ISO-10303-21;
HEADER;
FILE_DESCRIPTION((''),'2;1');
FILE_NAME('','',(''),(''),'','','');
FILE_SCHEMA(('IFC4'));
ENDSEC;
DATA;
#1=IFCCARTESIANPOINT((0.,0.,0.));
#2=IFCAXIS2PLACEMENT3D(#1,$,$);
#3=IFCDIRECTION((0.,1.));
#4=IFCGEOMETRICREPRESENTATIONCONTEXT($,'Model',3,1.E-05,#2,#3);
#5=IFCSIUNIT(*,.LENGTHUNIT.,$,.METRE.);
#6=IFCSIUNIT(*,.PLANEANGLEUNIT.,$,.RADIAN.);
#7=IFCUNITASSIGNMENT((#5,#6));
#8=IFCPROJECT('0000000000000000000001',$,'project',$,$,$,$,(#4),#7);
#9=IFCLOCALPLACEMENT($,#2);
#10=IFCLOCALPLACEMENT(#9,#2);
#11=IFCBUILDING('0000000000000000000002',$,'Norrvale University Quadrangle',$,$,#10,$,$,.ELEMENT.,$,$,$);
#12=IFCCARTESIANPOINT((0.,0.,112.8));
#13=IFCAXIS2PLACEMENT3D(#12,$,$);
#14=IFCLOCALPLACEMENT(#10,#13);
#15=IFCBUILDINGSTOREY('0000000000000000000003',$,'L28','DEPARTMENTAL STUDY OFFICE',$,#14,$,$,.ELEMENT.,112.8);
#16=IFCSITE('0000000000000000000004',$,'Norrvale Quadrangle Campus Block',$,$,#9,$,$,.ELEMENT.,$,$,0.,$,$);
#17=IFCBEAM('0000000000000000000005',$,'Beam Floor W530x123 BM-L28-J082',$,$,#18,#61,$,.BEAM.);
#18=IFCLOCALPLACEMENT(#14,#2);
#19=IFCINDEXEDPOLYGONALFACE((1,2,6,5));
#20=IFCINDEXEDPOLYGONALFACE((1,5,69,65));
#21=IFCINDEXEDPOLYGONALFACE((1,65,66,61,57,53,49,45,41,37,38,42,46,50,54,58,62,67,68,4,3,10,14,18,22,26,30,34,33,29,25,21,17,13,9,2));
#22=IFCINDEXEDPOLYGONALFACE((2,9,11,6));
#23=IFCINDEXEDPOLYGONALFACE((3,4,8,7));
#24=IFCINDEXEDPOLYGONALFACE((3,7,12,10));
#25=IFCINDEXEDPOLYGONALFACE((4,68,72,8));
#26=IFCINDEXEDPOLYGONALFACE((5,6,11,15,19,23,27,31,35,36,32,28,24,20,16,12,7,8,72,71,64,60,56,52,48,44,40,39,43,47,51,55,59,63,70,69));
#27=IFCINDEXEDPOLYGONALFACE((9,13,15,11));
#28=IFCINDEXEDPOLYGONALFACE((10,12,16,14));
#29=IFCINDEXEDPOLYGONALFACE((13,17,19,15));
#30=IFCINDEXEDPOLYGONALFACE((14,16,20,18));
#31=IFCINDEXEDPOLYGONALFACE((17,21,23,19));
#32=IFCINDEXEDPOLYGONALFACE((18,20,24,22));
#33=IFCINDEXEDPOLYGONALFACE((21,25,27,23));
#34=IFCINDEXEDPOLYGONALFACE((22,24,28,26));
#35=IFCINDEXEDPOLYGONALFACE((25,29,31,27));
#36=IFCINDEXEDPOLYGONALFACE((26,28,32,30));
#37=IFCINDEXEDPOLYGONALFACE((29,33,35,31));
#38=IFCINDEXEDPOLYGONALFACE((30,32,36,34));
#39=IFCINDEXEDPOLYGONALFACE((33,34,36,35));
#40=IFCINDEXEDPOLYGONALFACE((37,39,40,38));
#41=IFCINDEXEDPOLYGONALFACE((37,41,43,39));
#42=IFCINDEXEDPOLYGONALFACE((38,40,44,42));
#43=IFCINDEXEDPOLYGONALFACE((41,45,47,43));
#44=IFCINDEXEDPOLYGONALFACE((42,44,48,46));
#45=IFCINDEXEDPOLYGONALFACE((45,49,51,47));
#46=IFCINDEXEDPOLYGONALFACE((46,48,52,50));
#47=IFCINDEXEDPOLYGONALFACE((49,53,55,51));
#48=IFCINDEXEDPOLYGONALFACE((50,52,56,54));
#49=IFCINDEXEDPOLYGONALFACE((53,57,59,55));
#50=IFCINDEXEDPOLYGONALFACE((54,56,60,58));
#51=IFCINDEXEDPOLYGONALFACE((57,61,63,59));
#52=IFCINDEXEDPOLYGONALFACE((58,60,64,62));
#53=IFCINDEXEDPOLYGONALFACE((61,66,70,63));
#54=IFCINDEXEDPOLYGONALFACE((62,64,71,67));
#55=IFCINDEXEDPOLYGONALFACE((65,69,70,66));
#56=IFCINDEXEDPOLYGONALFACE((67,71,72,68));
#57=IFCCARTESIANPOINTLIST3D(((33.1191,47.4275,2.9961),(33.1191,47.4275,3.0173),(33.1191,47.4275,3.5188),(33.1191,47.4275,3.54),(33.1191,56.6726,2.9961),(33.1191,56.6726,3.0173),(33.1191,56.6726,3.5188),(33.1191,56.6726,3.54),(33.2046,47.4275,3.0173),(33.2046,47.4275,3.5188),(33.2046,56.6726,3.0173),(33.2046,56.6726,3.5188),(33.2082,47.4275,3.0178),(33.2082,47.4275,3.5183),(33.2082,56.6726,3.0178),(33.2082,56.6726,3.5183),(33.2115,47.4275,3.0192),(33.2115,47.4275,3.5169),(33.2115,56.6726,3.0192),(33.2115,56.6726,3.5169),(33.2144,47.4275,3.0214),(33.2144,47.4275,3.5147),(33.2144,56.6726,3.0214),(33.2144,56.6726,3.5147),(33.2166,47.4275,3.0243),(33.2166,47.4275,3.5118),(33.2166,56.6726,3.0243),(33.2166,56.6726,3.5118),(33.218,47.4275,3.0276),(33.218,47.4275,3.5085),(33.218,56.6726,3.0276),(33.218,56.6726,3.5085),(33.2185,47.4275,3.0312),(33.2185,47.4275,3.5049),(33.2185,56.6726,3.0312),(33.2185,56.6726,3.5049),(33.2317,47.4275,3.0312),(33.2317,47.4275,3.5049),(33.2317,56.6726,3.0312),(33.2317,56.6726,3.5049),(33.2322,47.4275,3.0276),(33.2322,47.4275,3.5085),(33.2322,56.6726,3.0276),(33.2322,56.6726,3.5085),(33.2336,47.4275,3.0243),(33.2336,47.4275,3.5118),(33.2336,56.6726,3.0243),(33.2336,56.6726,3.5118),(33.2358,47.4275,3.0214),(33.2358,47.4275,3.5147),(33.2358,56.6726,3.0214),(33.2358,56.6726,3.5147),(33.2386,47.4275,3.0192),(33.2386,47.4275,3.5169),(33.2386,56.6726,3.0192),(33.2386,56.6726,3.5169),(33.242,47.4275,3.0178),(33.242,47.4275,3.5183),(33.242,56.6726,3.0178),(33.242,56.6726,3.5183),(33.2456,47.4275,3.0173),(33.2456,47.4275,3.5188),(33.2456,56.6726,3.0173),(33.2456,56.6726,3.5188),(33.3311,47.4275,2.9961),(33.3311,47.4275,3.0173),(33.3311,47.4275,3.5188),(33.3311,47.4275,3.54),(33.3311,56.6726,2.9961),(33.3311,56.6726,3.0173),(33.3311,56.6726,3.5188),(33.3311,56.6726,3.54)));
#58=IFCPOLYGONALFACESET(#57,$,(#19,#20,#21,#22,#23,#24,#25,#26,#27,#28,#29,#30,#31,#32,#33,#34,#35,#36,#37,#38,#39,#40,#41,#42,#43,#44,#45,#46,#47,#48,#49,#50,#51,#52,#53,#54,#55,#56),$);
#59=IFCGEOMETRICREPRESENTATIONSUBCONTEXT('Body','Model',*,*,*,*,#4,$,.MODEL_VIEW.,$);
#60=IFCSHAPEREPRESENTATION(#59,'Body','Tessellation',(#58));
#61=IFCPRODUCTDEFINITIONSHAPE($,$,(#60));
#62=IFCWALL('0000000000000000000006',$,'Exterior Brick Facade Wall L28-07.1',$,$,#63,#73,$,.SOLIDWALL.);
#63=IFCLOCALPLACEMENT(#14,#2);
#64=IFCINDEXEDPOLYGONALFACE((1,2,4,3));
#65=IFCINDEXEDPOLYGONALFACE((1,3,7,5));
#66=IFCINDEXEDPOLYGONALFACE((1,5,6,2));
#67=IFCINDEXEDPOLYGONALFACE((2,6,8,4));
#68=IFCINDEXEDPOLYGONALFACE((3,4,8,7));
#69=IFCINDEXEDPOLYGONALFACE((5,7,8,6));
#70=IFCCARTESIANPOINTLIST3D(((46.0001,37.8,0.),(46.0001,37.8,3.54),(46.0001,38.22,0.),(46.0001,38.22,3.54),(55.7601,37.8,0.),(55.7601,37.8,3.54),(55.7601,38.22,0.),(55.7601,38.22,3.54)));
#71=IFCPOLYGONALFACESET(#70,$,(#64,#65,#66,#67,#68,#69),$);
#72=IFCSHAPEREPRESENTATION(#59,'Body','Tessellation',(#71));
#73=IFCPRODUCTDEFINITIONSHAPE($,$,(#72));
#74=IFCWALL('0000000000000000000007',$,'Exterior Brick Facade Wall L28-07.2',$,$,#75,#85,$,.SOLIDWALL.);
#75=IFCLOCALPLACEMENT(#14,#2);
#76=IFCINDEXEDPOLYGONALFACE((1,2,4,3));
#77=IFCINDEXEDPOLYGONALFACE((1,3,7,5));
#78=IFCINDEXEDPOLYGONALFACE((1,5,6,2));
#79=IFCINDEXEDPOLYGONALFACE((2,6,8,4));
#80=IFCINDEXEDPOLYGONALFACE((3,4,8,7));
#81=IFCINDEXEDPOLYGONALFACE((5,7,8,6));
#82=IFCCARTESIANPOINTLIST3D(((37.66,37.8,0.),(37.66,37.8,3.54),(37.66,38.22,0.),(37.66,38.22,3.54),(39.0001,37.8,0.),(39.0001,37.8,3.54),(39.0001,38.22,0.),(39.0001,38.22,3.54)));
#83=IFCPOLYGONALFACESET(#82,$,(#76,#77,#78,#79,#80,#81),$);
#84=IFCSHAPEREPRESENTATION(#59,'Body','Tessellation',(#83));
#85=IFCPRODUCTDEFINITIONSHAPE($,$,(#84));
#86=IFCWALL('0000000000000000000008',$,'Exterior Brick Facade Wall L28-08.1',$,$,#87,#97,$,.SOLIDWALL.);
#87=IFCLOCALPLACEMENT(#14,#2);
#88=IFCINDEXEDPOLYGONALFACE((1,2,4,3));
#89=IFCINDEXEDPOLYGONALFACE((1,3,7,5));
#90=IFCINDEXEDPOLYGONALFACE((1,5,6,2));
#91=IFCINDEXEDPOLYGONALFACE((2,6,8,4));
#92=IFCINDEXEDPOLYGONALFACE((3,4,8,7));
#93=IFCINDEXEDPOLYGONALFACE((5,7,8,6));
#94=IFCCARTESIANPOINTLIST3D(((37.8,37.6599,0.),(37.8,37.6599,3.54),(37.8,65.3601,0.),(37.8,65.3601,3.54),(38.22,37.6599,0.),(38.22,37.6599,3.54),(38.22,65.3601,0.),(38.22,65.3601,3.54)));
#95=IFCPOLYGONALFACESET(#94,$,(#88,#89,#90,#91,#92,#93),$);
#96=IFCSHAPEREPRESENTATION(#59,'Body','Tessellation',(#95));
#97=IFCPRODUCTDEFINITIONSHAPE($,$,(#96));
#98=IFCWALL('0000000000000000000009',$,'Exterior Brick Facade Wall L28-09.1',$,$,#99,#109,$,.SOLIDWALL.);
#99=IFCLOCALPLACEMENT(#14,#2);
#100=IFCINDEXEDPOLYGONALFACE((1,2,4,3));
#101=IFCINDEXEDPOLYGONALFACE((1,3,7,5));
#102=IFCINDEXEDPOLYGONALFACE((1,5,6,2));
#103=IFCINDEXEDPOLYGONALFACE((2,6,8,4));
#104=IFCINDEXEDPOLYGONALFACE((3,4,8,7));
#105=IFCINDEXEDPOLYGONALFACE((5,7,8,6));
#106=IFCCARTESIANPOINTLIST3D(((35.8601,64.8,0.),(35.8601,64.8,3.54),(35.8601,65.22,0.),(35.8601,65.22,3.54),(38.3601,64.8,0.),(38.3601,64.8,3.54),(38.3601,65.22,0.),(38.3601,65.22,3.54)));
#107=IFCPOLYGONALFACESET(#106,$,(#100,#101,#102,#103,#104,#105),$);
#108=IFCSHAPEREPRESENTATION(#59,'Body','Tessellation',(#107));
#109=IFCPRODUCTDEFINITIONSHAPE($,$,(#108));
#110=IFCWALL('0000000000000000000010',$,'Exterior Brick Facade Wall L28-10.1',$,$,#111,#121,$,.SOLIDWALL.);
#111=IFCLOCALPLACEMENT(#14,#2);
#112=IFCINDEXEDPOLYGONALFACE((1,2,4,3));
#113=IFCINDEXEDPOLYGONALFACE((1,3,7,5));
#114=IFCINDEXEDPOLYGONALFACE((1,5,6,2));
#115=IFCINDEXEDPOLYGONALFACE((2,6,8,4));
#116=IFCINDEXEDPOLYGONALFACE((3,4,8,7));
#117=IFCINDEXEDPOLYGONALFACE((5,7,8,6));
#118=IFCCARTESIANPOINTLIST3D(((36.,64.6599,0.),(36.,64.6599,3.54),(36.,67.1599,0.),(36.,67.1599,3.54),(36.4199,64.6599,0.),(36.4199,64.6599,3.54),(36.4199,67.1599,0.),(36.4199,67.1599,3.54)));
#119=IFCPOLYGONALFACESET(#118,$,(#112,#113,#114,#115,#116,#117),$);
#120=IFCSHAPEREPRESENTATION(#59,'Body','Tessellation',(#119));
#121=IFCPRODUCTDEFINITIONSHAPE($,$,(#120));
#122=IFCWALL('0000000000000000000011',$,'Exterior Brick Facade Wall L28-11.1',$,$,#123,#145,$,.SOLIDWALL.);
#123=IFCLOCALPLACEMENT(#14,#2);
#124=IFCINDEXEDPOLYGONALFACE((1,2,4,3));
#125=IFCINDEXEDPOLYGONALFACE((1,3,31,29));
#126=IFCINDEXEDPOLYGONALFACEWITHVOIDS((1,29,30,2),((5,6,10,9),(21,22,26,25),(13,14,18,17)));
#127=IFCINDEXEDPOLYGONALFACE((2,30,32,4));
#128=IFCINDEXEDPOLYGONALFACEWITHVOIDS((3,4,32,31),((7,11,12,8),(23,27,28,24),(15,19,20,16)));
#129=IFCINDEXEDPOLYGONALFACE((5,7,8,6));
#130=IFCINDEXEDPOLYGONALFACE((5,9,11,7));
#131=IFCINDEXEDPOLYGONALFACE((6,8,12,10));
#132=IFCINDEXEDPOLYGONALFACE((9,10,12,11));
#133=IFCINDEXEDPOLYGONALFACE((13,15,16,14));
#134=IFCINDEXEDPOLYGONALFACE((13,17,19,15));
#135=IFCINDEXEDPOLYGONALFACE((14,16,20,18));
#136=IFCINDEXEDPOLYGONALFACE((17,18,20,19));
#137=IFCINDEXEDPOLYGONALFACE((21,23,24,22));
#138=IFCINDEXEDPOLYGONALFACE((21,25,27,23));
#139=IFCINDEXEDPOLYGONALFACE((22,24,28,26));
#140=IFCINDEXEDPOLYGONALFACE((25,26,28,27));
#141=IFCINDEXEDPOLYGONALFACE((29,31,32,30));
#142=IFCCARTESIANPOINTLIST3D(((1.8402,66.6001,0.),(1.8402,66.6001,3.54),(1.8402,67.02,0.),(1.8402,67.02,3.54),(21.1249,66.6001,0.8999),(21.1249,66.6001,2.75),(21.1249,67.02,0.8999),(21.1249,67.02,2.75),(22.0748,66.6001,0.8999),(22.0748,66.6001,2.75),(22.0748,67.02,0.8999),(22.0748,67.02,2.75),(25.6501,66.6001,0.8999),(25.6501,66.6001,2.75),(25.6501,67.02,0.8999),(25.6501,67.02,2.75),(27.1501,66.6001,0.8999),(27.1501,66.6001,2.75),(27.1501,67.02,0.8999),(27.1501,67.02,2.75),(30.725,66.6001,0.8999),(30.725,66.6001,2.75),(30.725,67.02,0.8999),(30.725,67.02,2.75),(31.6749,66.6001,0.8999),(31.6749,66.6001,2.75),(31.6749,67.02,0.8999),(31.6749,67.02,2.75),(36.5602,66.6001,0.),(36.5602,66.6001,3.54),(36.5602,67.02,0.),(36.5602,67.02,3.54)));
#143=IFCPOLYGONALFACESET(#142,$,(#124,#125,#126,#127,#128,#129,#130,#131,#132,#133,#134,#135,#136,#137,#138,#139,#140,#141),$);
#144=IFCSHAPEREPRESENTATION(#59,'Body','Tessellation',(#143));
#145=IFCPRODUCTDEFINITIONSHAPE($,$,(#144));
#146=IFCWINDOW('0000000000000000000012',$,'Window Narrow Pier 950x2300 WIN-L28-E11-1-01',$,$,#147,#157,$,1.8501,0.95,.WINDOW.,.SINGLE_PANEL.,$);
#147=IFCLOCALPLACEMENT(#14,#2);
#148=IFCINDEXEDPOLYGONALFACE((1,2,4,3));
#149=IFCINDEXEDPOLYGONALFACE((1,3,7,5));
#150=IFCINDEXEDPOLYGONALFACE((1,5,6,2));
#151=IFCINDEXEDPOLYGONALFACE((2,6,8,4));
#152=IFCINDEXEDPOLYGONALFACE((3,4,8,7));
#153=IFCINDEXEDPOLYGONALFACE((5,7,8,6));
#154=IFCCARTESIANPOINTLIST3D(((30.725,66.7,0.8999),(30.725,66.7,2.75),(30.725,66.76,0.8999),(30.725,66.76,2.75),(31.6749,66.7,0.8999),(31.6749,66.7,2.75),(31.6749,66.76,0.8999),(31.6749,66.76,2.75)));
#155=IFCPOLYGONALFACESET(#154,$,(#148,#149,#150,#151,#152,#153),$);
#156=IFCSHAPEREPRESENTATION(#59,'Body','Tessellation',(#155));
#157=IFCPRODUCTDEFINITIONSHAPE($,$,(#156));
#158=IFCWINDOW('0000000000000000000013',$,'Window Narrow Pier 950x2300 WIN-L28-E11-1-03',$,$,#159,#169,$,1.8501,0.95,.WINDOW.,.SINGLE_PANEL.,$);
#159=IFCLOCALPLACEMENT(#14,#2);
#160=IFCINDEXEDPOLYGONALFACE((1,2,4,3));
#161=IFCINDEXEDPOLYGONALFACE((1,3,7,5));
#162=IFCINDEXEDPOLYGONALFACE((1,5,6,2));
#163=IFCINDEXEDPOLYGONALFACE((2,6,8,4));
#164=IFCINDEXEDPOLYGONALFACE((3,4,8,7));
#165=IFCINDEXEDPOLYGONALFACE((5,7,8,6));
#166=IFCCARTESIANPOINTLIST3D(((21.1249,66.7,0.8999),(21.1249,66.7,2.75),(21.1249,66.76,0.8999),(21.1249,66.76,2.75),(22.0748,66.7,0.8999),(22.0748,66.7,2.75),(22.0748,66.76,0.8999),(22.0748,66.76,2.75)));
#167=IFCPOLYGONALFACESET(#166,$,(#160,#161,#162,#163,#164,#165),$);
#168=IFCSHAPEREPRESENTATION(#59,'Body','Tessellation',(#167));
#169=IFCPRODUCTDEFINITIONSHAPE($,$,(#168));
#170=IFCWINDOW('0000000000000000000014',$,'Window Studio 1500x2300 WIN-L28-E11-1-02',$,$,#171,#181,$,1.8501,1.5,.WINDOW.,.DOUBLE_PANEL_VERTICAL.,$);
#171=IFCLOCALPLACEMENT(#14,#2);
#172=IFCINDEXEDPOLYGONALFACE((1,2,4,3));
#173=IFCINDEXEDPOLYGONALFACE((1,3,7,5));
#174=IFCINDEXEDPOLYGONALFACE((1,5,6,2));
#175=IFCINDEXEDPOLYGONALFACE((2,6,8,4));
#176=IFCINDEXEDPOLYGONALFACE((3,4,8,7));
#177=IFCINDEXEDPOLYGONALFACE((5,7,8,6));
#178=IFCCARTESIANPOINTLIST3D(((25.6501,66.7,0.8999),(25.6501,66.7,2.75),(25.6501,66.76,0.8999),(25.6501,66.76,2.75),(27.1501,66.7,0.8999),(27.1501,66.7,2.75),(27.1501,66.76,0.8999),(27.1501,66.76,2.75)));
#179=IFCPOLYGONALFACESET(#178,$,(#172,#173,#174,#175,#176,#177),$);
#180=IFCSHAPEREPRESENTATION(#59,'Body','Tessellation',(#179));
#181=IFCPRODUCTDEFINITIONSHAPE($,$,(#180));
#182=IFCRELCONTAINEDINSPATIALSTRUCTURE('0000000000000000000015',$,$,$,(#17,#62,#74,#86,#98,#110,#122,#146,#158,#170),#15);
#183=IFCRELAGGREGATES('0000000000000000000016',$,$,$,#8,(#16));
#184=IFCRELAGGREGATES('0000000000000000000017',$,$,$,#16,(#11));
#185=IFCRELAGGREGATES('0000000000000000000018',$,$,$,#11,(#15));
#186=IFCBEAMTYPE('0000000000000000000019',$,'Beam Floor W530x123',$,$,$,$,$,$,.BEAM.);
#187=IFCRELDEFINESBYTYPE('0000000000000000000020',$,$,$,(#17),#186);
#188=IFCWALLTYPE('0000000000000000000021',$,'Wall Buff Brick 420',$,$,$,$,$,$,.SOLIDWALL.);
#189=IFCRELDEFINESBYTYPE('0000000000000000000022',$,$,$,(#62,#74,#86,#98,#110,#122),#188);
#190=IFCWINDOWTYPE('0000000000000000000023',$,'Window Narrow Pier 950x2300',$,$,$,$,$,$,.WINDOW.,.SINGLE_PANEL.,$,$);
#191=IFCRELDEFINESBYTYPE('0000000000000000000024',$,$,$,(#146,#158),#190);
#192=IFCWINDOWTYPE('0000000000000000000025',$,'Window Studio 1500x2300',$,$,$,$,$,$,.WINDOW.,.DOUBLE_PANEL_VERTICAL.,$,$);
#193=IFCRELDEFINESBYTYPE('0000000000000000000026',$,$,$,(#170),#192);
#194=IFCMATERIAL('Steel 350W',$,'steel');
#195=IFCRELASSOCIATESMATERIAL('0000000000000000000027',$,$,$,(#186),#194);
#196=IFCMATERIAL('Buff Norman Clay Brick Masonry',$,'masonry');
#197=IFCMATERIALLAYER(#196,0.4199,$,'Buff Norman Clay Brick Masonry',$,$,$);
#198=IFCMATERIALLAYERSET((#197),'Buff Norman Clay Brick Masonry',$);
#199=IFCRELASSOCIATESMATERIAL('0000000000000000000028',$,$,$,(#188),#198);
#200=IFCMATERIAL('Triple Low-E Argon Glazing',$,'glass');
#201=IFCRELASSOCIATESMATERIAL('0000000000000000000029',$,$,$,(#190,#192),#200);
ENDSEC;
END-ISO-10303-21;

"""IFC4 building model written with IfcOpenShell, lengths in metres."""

from ifc_helpers import new_model, si_unit, direction, frame, frame_2d, origin, origin_2d, place, context, subcontext, project, spatial, rectangle, i_section, extrude, material, layer, layer_set, material_profile, profile_set, type_object, element, fill, save


model = new_model("IFC4")

# Units and contexts
model_context = context("Model", 3, precision=1e-05, world=origin(), true_north=direction((0.0, 1.0)))
body_context = subcontext(model_context, "Body", "Model", "MODEL_VIEW")
ifc_project = project(units=[si_unit("LENGTHUNIT", "METRE"), si_unit("PLANEANGLEUNIT", "RADIAN")], contexts=[model_context])

# Site, building, storey
site_placement = place(None, origin())
site = spatial("IfcSite", under=ifc_project, at=site_placement, Name="Norrvale Quadrangle Campus Block", CompositionType="ELEMENT", RefElevation=0.0)
building_placement = place(site_placement, origin())
building = spatial("IfcBuilding", under=site, at=building_placement, Name="Norrvale University Quadrangle", CompositionType="ELEMENT")
storey_placement = place(building_placement, frame((0.0, 0.0, 112.8)))
storey = spatial("IfcBuildingStorey", under=building, at=storey_placement, Name="L28", Description="DEPARTMENTAL STUDY OFFICE", CompositionType="ELEMENT", Elevation=112.8)

# Beam
ifc_material_1 = material(Name="Steel 350W", Category="steel")
ifc_material_profile_1 = material_profile(ifc_material_1, i_section(OverallWidth=0.2119, OverallDepth=0.5439, WebThickness=0.0132, FlangeThickness=0.0212, FilletRadius=0.0139, at=origin_2d()), Name="Steel 350W")
ifc_profile_set_1 = profile_set([ifc_material_profile_1], Name="Steel 350W")
beam_type_1 = type_object("IfcBeamType", Name="Beam Floor W530x123", PredefinedType="BEAM", material=ifc_profile_set_1)
for number, where, z_axis, x_axis, name in (
    (1, (33.2251, 47.4275, 3.2681), (0.0, 1.0, 0.0), (-1.0, 0.0, 0.0), "Beam Floor W530x123 BM-L28-J082"),
):
    element("IfcBeam", number, at=place(storey_placement, frame(where, z_axis=z_axis, x_axis=x_axis)), inside=storey, type_object=beam_type_1, Name=name, PredefinedType="BEAM", context=body_context, shape_type="SweptSolid", body=[
        extrude(i_section(OverallWidth=0.2119, OverallDepth=0.5439, WebThickness=0.0132, FlangeThickness=0.0212, FilletRadius=0.0139, at=origin_2d()), origin(), (0.0, 0.0, 1.0), 9.2451),
    ])

# Walls
ifc_material_2 = material(Name="Buff Norman Clay Brick Masonry", Category="masonry")
ifc_layer_1 = layer(ifc_material_2, 0.4199, Name="Buff Norman Clay Brick Masonry")
ifc_layer_set_1 = layer_set([ifc_layer_1], Name="Buff Norman Clay Brick Masonry")
wall_type_1 = type_object("IfcWallType", Name="Wall Buff Brick 420", PredefinedType="SOLIDWALL", material=ifc_layer_set_1)
wall_1_placement = place(storey_placement, frame((55.76, 38.01, 0.0), z_axis=(0.0, 0.0, 1.0), x_axis=(-1.0, 0.0, 0.0)))
element("IfcWall", 2, at=wall_1_placement, inside=storey, type_object=wall_type_1, Name="Exterior Brick Facade Wall L28-07.1", PredefinedType="SOLIDWALL", context=body_context, shape_type="SweptSolid", body=[
    extrude(rectangle(XDim=9.76, YDim=0.4199, at=frame_2d((4.8799, 0.0))), origin(), (0.0, 0.0, 1.0), 3.54),
])
wall_2_placement = place(storey_placement, frame((39.0, 38.01, 0.0), z_axis=(0.0, 0.0, 1.0), x_axis=(-1.0, 0.0, 0.0)))
element("IfcWall", 3, at=wall_2_placement, inside=storey, type_object=wall_type_1, Name="Exterior Brick Facade Wall L28-07.2", PredefinedType="SOLIDWALL", context=body_context, shape_type="SweptSolid", body=[
    extrude(rectangle(XDim=1.3401, YDim=0.4199, at=frame_2d((0.6699, 0.0))), origin(), (0.0, 0.0, 1.0), 3.54),
])
wall_3_placement = place(storey_placement, frame((38.01, 37.6599, 0.0), z_axis=(0.0, 0.0, 1.0), x_axis=(0.0, 1.0, 0.0)))
element("IfcWall", 4, at=wall_3_placement, inside=storey, type_object=wall_type_1, Name="Exterior Brick Facade Wall L28-08.1", PredefinedType="SOLIDWALL", context=body_context, shape_type="SweptSolid", body=[
    extrude(rectangle(XDim=27.7002, YDim=0.4199, at=frame_2d((13.8501, 0.0))), origin(), (0.0, 0.0, 1.0), 3.54),
])
for number, where, z_axis, x_axis, name in (
    (5, (38.3601, 65.01, 0.0), (0.0, 0.0, 1.0), (-1.0, 0.0, 0.0), "Exterior Brick Facade Wall L28-09.1"),
    (6, (36.21, 64.6599, 0.0), (0.0, 0.0, 1.0), (0.0, 1.0, 0.0), "Exterior Brick Facade Wall L28-10.1"),
):
    element("IfcWall", number, at=place(storey_placement, frame(where, z_axis=z_axis, x_axis=x_axis)), inside=storey, type_object=wall_type_1, Name=name, PredefinedType="SOLIDWALL", context=body_context, shape_type="SweptSolid", body=[
        extrude(rectangle(XDim=2.5, YDim=0.4199, at=frame_2d((1.25, 0.0))), origin(), (0.0, 0.0, 1.0), 3.54),
    ])

# Wall, openings, windows
wall_4_placement = place(storey_placement, frame((36.5601, 66.8101, 0.0), z_axis=(0.0, 0.0, 1.0), x_axis=(-1.0, 0.0, 0.0)))
wall_4 = element("IfcWall", 7, at=wall_4_placement, inside=storey, type_object=wall_type_1, Name="Exterior Brick Facade Wall L28-11.1", PredefinedType="SOLIDWALL", context=body_context, shape_type="SweptSolid", body=[
    extrude(rectangle(XDim=34.72, YDim=0.4199, at=frame_2d((17.3599, 0.0))), origin(), (0.0, 0.0, 1.0), 3.54),
])
opening_1_placement = place(wall_4_placement, frame((4.885, 0.0, 0.8999)))
opening_1 = element("IfcOpeningElement", 8, at=opening_1_placement, cuts=wall_4, PredefinedType="OPENING", context=body_context, shape_type="SweptSolid", body=[
    extrude(rectangle(XDim=0.95, YDim=1.8501, at=frame_2d((0.4751, 0.925))), frame((0.0, 0.2219, 0.0), z_axis=(0.0, -1.0, 0.0), x_axis=(1.0, 0.0, 0.0)), (0.0, 0.0, 1.0), 0.4438),
])
opening_2_placement = place(wall_4_placement, frame((9.4099, 0.0, 0.8999)))
opening_2 = element("IfcOpeningElement", 9, at=opening_2_placement, cuts=wall_4, PredefinedType="OPENING", context=body_context, shape_type="SweptSolid", body=[
    extrude(rectangle(XDim=1.5, YDim=1.8501, at=frame_2d((0.75, 0.925))), frame((0.0, 0.2219, 0.0), z_axis=(0.0, -1.0, 0.0), x_axis=(1.0, 0.0, 0.0)), (0.0, 0.0, 1.0), 0.4438),
])
opening_3_placement = place(wall_4_placement, frame((14.4851, 0.0, 0.8999)))
opening_3 = element("IfcOpeningElement", 10, at=opening_3_placement, cuts=wall_4, PredefinedType="OPENING", context=body_context, shape_type="SweptSolid", body=[
    extrude(rectangle(XDim=0.95, YDim=1.8501, at=frame_2d((0.4751, 0.925))), frame((0.0, 0.2219, 0.0), z_axis=(0.0, -1.0, 0.0), x_axis=(1.0, 0.0, 0.0)), (0.0, 0.0, 1.0), 0.4438),
])
ifc_material_3 = material(Name="Triple Low-E Argon Glazing", Category="glass")
window_type_1 = type_object("IfcWindowType", Name="Window Narrow Pier 950x2300", PartitioningType="SINGLE_PANEL", PredefinedType="WINDOW", material=ifc_material_3)
window_1_placement = place(opening_1_placement, origin())
window_1 = element("IfcWindow", 11, at=window_1_placement, inside=storey, type_object=window_type_1, Name="Window Narrow Pier 950x2300 WIN-L28-E11-1-01", OverallHeight=1.8501, OverallWidth=0.95, PartitioningType="SINGLE_PANEL", PredefinedType="WINDOW", context=body_context, shape_type="SweptSolid", body=[
    extrude(rectangle(XDim=0.95, YDim=1.8501, at=frame_2d((0.4751, 0.925))), frame((0.0, 0.1101, 0.0), z_axis=(0.0, -1.0, 0.0), x_axis=(1.0, 0.0, 0.0)), (0.0, 0.0, 1.0), 0.0601),
])
fill(opening_1, window_1)
window_2_placement = place(opening_3_placement, origin())
window_2 = element("IfcWindow", 12, at=window_2_placement, inside=storey, type_object=window_type_1, Name="Window Narrow Pier 950x2300 WIN-L28-E11-1-03", OverallHeight=1.8501, OverallWidth=0.95, PartitioningType="SINGLE_PANEL", PredefinedType="WINDOW", context=body_context, shape_type="SweptSolid", body=[
    extrude(rectangle(XDim=0.95, YDim=1.8501, at=frame_2d((0.4751, 0.925))), frame((0.0, 0.1101, 0.0), z_axis=(0.0, -1.0, 0.0), x_axis=(1.0, 0.0, 0.0)), (0.0, 0.0, 1.0), 0.0601),
])
fill(opening_3, window_2)
window_type_2 = type_object("IfcWindowType", Name="Window Studio 1500x2300", PartitioningType="DOUBLE_PANEL_VERTICAL", PredefinedType="WINDOW", material=ifc_material_3)
window_3_placement = place(opening_2_placement, origin())
window_3 = element("IfcWindow", 13, at=window_3_placement, inside=storey, type_object=window_type_2, Name="Window Studio 1500x2300 WIN-L28-E11-1-02", OverallHeight=1.8501, OverallWidth=1.5, PartitioningType="DOUBLE_PANEL_VERTICAL", PredefinedType="WINDOW", context=body_context, shape_type="SweptSolid", body=[
    extrude(rectangle(XDim=1.5, YDim=1.8501, at=frame_2d((0.75, 0.925))), frame((0.0, 0.1101, 0.0), z_axis=(0.0, -1.0, 0.0), x_axis=(1.0, 0.0, 0.0)), (0.0, 0.0, 1.0), 0.0601),
])
fill(opening_2, window_3)

save(model, "model.ifc")
